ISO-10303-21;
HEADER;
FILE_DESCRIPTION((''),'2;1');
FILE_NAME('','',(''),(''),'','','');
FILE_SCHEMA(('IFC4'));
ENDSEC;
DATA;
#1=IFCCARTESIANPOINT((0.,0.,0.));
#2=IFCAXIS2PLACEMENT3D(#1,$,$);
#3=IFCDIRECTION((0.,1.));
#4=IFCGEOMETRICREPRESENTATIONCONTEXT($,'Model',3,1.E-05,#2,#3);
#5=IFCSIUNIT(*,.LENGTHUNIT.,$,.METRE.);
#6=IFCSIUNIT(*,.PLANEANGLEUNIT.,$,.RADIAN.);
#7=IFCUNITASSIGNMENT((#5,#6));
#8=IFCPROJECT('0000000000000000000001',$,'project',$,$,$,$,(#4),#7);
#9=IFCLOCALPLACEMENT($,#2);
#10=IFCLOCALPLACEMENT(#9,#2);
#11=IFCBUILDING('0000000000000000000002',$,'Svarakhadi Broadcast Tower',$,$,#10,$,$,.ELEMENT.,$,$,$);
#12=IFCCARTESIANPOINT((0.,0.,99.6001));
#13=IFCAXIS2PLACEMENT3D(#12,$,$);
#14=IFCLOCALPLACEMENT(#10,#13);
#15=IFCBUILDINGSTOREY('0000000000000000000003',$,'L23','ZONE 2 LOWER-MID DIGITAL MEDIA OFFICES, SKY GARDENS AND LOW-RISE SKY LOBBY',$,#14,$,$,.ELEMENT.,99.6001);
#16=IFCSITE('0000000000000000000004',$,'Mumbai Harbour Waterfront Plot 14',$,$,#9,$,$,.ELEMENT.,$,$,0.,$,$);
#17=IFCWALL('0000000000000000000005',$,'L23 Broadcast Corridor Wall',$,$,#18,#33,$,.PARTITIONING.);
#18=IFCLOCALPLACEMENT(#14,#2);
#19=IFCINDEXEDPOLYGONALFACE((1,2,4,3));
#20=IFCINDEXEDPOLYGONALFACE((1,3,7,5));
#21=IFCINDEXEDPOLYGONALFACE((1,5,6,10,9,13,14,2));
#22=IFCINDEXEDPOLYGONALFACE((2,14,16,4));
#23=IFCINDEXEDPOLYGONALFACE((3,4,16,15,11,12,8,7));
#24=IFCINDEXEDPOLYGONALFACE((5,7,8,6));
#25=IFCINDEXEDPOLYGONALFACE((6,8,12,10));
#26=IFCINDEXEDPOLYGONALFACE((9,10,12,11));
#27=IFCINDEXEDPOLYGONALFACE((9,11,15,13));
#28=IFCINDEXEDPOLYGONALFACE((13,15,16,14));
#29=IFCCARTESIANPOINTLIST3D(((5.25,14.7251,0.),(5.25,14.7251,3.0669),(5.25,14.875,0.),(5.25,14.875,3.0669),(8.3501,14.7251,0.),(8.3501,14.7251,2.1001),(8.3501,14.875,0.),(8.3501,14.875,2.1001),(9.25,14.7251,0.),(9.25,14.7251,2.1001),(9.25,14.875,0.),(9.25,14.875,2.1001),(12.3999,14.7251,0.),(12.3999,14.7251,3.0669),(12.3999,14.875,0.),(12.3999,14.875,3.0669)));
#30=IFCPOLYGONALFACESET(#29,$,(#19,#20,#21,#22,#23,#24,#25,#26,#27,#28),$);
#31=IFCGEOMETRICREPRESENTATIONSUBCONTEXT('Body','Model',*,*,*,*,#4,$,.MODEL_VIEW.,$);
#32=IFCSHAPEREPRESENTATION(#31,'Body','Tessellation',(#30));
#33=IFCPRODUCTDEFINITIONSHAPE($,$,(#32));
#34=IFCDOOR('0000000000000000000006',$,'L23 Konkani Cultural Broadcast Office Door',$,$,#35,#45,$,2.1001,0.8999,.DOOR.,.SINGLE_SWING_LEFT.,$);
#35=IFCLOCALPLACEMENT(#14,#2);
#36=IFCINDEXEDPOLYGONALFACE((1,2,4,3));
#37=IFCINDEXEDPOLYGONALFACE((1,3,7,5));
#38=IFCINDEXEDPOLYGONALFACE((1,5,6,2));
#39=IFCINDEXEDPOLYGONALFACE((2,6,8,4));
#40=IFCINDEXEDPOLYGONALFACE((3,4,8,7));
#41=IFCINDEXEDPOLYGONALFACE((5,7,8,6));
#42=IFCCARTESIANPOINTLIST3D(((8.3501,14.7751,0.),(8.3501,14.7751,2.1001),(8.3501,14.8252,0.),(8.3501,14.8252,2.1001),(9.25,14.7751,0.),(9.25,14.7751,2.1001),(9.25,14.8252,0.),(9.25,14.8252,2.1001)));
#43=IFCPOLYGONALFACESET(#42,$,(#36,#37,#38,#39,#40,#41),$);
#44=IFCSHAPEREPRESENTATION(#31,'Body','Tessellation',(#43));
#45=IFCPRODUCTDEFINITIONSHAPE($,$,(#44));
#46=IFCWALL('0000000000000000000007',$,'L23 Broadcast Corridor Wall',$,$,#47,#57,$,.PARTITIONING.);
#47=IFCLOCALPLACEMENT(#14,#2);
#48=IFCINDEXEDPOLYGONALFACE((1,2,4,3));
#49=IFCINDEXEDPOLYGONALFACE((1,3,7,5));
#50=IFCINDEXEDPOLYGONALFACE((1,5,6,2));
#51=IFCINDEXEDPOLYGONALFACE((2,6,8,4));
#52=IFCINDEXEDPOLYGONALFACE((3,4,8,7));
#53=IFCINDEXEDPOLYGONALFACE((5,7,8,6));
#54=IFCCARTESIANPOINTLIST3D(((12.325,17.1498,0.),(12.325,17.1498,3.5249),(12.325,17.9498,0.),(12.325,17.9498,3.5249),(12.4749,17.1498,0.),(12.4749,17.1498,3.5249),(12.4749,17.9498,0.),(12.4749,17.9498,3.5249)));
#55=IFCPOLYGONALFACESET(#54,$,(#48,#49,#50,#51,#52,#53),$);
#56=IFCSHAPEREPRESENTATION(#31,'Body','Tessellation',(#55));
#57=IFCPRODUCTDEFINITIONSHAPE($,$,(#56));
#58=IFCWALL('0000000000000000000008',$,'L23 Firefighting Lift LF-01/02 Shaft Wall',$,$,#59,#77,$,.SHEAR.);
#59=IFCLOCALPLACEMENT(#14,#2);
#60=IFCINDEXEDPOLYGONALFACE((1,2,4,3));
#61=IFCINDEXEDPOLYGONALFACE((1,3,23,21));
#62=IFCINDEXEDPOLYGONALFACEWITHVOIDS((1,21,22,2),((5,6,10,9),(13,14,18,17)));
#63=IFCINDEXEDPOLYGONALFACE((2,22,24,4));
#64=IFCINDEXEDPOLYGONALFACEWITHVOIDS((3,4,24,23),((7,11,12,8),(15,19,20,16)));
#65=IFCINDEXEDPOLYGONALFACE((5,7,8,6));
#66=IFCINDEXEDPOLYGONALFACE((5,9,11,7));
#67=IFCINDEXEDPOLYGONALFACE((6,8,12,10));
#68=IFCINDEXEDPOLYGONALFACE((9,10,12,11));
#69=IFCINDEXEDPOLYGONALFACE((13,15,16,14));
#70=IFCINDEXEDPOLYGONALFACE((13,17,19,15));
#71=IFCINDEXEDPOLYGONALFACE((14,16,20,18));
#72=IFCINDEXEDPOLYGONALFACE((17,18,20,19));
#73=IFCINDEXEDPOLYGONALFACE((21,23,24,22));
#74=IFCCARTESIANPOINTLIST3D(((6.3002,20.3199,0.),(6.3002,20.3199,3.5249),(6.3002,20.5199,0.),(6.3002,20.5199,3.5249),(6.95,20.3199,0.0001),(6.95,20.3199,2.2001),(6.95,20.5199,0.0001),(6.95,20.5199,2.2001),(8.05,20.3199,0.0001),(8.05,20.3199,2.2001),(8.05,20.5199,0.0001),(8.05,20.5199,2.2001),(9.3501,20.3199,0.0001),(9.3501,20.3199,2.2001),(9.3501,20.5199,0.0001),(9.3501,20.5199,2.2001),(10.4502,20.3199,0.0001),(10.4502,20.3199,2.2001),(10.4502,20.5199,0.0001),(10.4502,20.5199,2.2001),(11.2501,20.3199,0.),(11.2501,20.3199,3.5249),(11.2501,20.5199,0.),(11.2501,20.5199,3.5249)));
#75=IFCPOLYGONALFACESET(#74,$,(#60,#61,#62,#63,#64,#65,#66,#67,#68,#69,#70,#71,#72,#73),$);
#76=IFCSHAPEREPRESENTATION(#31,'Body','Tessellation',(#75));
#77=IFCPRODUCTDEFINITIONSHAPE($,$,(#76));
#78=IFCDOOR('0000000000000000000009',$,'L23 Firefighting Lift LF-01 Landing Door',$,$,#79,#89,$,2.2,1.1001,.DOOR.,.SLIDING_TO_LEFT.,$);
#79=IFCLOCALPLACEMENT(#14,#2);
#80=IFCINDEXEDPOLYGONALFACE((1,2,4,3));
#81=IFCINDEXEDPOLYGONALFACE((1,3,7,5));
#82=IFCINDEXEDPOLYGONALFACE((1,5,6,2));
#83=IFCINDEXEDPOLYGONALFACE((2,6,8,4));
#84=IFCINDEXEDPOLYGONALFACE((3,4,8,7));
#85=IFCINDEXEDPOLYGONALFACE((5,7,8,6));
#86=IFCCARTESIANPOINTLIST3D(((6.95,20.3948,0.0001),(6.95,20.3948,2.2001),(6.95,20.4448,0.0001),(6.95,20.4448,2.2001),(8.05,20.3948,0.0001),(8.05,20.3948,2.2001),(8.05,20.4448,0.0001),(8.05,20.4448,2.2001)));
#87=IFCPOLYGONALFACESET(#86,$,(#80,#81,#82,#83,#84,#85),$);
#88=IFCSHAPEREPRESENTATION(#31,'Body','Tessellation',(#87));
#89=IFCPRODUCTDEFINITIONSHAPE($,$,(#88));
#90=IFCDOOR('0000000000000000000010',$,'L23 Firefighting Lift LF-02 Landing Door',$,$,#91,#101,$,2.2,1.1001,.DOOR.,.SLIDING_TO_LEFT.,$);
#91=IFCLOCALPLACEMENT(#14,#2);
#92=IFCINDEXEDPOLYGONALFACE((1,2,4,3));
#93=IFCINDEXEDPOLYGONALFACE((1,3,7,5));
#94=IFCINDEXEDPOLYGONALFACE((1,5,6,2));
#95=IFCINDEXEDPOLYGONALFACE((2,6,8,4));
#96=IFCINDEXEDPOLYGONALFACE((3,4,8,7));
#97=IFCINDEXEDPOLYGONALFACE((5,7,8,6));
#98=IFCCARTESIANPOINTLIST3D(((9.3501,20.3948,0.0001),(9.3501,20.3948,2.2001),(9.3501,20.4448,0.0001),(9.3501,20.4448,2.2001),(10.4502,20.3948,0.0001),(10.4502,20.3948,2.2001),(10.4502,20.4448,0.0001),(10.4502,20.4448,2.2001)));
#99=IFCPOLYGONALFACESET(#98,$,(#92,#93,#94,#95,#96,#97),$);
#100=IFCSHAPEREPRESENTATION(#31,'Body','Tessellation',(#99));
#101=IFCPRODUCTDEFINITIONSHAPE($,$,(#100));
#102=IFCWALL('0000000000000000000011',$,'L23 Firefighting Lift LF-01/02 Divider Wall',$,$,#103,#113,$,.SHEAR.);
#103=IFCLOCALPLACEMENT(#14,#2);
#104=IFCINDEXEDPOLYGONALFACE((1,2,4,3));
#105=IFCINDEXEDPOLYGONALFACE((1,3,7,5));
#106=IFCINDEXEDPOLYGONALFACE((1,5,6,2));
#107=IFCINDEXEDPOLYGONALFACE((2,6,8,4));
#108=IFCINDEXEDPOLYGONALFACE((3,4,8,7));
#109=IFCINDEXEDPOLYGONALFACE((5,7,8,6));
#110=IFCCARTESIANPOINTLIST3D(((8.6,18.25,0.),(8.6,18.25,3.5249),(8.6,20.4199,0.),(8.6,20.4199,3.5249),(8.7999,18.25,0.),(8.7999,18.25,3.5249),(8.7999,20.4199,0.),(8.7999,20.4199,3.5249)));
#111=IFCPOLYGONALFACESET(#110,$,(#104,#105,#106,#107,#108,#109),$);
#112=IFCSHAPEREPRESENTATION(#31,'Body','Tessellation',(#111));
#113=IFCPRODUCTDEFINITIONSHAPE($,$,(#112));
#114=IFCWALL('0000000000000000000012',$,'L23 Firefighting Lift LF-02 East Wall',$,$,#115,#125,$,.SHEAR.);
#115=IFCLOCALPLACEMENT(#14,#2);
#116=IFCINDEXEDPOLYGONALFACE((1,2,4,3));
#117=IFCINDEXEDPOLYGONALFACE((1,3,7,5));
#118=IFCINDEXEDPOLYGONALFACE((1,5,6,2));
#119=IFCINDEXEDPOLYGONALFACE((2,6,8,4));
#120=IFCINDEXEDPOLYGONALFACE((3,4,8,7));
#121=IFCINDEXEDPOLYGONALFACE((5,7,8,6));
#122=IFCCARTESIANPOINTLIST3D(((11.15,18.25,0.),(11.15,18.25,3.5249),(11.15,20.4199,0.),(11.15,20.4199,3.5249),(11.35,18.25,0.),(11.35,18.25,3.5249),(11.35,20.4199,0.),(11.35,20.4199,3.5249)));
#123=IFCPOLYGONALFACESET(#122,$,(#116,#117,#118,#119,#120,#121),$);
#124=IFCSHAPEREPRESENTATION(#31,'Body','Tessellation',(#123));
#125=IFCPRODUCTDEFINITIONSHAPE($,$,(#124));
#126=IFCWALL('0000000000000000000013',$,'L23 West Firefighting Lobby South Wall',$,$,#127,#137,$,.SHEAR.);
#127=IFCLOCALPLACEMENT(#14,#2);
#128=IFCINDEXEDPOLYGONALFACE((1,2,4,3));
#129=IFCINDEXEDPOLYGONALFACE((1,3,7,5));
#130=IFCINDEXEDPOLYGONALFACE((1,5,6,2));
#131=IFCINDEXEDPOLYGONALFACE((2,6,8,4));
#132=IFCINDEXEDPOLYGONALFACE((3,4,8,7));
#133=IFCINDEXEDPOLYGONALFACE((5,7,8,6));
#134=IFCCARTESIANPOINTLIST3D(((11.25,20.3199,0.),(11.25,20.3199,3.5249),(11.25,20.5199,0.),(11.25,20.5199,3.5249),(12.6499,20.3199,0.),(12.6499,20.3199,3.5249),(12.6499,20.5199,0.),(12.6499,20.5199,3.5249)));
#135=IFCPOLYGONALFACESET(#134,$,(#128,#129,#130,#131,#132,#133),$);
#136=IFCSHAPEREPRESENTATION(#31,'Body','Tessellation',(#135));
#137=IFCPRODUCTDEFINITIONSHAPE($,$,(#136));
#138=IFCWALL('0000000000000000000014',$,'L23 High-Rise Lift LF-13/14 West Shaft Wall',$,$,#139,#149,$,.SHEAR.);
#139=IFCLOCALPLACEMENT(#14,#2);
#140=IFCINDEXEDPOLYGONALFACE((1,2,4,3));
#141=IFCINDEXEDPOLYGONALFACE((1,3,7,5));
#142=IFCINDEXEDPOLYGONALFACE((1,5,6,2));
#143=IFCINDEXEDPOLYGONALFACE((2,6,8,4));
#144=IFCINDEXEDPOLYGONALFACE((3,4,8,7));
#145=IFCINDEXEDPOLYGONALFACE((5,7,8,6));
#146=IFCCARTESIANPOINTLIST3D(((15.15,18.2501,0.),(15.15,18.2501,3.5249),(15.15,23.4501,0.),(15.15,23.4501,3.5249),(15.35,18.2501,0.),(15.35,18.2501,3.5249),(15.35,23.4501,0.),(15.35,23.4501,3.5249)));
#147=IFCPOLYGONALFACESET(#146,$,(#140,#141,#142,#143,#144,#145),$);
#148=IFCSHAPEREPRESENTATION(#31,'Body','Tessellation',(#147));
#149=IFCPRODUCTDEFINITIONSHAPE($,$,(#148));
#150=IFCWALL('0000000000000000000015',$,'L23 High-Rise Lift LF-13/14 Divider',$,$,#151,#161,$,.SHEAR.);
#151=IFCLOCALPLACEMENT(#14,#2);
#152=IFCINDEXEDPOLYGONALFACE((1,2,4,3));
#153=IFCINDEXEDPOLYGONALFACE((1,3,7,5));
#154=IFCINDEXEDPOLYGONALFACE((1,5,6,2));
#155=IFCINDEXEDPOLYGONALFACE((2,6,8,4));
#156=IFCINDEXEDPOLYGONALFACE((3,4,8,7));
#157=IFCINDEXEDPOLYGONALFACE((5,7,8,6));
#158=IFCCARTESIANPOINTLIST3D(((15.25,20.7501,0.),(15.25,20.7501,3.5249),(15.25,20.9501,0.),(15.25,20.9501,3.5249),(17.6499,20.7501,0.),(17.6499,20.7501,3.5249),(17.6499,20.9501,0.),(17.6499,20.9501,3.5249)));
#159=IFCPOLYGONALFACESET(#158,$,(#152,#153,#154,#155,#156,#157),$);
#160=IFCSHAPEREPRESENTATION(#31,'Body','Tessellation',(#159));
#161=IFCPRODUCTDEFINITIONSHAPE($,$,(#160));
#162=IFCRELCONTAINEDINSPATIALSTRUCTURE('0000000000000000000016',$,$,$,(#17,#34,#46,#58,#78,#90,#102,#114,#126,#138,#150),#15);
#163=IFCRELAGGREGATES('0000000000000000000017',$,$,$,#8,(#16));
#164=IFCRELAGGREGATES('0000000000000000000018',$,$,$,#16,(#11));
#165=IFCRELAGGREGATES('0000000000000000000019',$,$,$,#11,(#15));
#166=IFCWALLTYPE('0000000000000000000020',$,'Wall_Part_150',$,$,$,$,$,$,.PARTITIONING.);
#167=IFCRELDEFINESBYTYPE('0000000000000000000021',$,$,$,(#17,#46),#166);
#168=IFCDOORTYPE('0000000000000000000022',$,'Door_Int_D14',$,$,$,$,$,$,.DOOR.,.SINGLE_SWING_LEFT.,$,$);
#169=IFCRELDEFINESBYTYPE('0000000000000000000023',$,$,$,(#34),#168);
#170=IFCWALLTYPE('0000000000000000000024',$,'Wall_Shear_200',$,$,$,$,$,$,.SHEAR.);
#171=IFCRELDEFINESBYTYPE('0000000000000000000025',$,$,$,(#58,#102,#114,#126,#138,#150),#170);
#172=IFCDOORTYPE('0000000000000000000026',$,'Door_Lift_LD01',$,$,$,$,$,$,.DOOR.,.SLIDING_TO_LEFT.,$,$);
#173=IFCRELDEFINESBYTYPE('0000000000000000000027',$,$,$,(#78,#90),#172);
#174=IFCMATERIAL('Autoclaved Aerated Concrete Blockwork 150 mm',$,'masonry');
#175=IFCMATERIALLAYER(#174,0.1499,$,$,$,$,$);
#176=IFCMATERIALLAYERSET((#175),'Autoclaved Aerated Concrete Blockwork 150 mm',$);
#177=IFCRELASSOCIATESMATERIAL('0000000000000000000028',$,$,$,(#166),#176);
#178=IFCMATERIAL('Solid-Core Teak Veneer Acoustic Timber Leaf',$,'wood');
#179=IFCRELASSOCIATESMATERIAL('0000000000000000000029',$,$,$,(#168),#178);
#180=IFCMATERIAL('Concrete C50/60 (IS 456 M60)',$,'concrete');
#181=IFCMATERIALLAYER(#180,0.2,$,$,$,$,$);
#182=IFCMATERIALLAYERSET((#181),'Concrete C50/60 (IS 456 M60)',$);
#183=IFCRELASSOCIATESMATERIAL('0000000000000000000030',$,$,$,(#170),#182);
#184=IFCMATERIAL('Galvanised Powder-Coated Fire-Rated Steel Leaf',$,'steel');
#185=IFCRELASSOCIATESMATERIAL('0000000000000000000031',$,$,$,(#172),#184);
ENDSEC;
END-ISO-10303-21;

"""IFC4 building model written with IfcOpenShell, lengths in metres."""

from ifc_helpers import new_model, si_unit, direction, frame, frame_2d, origin, place, context, subcontext, project, spatial, rectangle, extrude, material, layer, layer_set, type_object, element, fill, save


model = new_model("IFC4")

# Units and contexts
model_context = context("Model", 3, precision=1e-05, world=origin(), true_north=direction((0.0, 1.0)))
body_context = subcontext(model_context, "Body", "Model", "MODEL_VIEW")
ifc_project = project(units=[si_unit("LENGTHUNIT", "METRE"), si_unit("PLANEANGLEUNIT", "RADIAN")], contexts=[model_context])

# Site, building, storey
site_placement = place(None, origin())
site = spatial("IfcSite", under=ifc_project, at=site_placement, Name="Mumbai Harbour Waterfront Plot 14", CompositionType="ELEMENT", RefElevation=0.0)
building_placement = place(site_placement, origin())
building = spatial("IfcBuilding", under=site, at=building_placement, Name="Svarakhadi Broadcast Tower", CompositionType="ELEMENT")
storey_placement = place(building_placement, frame((0.0, 0.0, 99.6001)))
storey = spatial("IfcBuildingStorey", under=building, at=storey_placement, Name="L23", Description="ZONE 2 LOWER-MID DIGITAL MEDIA OFFICES, SKY GARDENS AND LOW-RISE SKY LOBBY", CompositionType="ELEMENT", Elevation=99.6001)

# Shared definitions
ifc_material_1 = material(Name="Concrete C50/60 (IS 456 M60)", Category="concrete")

# Wall, opening, door
ifc_material_2 = material(Name="Autoclaved Aerated Concrete Blockwork 150 mm", Category="masonry")
ifc_layer_1 = layer(ifc_material_2, 0.1499)
ifc_layer_set_1 = layer_set([ifc_layer_1], Name="Autoclaved Aerated Concrete Blockwork 150 mm")
wall_type_1 = type_object("IfcWallType", Name="Wall_Part_150", PredefinedType="PARTITIONING", material=ifc_layer_set_1)
wall_1_placement = place(storey_placement, frame((12.3999, 14.8, 0.0), z_axis=(0.0, 0.0, 1.0), x_axis=(-1.0, 0.0, 0.0)))
wall_1 = element("IfcWall", 1, at=wall_1_placement, inside=storey, type_object=wall_type_1, Name="L23 Broadcast Corridor Wall", PredefinedType="PARTITIONING", context=body_context, shape_type="SweptSolid", body=[
    extrude(rectangle(XDim=7.1499, YDim=0.1499, at=frame_2d((3.575, 0.0))), origin(), (0.0, 0.0, 1.0), 3.0669),
])
opening_1_placement = place(wall_1_placement, frame((3.1499, 0.0, 0.0)))
opening_1 = element("IfcOpeningElement", 2, at=opening_1_placement, cuts=wall_1, PredefinedType="OPENING", context=body_context, shape_type="SweptSolid", body=[
    extrude(rectangle(XDim=0.8999, YDim=2.1001, at=frame_2d((0.45, 1.05))), frame((0.0, 0.085, 0.0), z_axis=(0.0, -1.0, 0.0), x_axis=(1.0, 0.0, 0.0)), (0.0, 0.0, 1.0), 0.1699),
])
ifc_material_3 = material(Name="Solid-Core Teak Veneer Acoustic Timber Leaf", Category="wood")
door_type_1 = type_object("IfcDoorType", Name="Door_Int_D14", OperationType="SINGLE_SWING_LEFT", PredefinedType="DOOR", material=ifc_material_3)
door_1_placement = place(opening_1_placement, origin())
door_1 = element("IfcDoor", 3, at=door_1_placement, inside=storey, type_object=door_type_1, Name="L23 Konkani Cultural Broadcast Office Door", OperationType="SINGLE_SWING_LEFT", OverallHeight=2.1001, OverallWidth=0.8999, PredefinedType="DOOR", context=body_context, shape_type="SweptSolid", body=[
    extrude(rectangle(XDim=0.8999, YDim=2.1001, at=frame_2d((0.45, 1.05))), frame((0.0, 0.0249, 0.0), z_axis=(0.0, -1.0, 0.0), x_axis=(1.0, 0.0, 0.0)), (0.0, 0.0, 1.0), 0.05),
])
fill(opening_1, door_1)

# Wall
wall_2_placement = place(storey_placement, frame((12.3999, 17.1499, 0.0), z_axis=(0.0, 0.0, 1.0), x_axis=(0.0, 1.0, 0.0)))
element("IfcWall", 4, at=wall_2_placement, inside=storey, type_object=wall_type_1, Name="L23 Broadcast Corridor Wall", PredefinedType="PARTITIONING", context=body_context, shape_type="SweptSolid", body=[
    extrude(rectangle(XDim=0.8, YDim=0.1499, at=frame_2d((0.3999, 0.0))), origin(), (0.0, 0.0, 1.0), 3.5249),
])

# Wall, openings, doors
ifc_layer_2 = layer(ifc_material_1, 0.2)
ifc_layer_set_2 = layer_set([ifc_layer_2], Name="Concrete C50/60 (IS 456 M60)")
wall_type_2 = type_object("IfcWallType", Name="Wall_Shear_200", PredefinedType="SHEAR", material=ifc_layer_set_2)
wall_3_placement = place(storey_placement, frame((6.3, 20.4199, 0.0), z_axis=(0.0, 0.0, 1.0), x_axis=(1.0, 0.0, 0.0)))
wall_3 = element("IfcWall", 5, at=wall_3_placement, inside=storey, type_object=wall_type_2, Name="L23 Firefighting Lift LF-01/02 Shaft Wall", PredefinedType="SHEAR", context=body_context, shape_type="SweptSolid", body=[
    extrude(rectangle(XDim=4.95, YDim=0.2, at=frame_2d((2.4751, 0.0))), origin(), (0.0, 0.0, 1.0), 3.5249),
])
opening_2_placement = place(wall_3_placement, frame((0.6499, 0.0, 0.0)))
opening_2 = element("IfcOpeningElement", 6, at=opening_2_placement, cuts=wall_3, PredefinedType="OPENING", context=body_context, shape_type="SweptSolid", body=[
    extrude(rectangle(XDim=1.1001, YDim=2.2, at=frame_2d((0.55, 1.1001))), frame((0.0, 0.1099, 0.0), z_axis=(0.0, -1.0, 0.0), x_axis=(1.0, 0.0, 0.0)), (0.0, 0.0, 1.0), 0.22),
])
opening_3_placement = place(wall_3_placement, frame((3.05, 0.0, 0.0)))
opening_3 = element("IfcOpeningElement", 7, at=opening_3_placement, cuts=wall_3, PredefinedType="OPENING", context=body_context, shape_type="SweptSolid", body=[
    extrude(rectangle(XDim=1.1001, YDim=2.2, at=frame_2d((0.55, 1.1001))), frame((0.0, 0.1099, 0.0), z_axis=(0.0, -1.0, 0.0), x_axis=(1.0, 0.0, 0.0)), (0.0, 0.0, 1.0), 0.22),
])
ifc_material_4 = material(Name="Galvanised Powder-Coated Fire-Rated Steel Leaf", Category="steel")
door_type_2 = type_object("IfcDoorType", Name="Door_Lift_LD01", OperationType="SLIDING_TO_LEFT", PredefinedType="DOOR", material=ifc_material_4)
door_2_placement = place(opening_2_placement, origin())
door_2 = element("IfcDoor", 8, at=door_2_placement, inside=storey, type_object=door_type_2, Name="L23 Firefighting Lift LF-01 Landing Door", OperationType="SLIDING_TO_LEFT", OverallHeight=2.2, OverallWidth=1.1001, PredefinedType="DOOR", context=body_context, shape_type="SweptSolid", body=[
    extrude(rectangle(XDim=1.1001, YDim=2.2, at=frame_2d((0.55, 1.1001))), frame((0.0, 0.0249, 0.0), z_axis=(0.0, -1.0, 0.0), x_axis=(1.0, 0.0, 0.0)), (0.0, 0.0, 1.0), 0.05),
])
fill(opening_2, door_2)
door_3_placement = place(opening_3_placement, origin())
door_3 = element("IfcDoor", 9, at=door_3_placement, inside=storey, type_object=door_type_2, Name="L23 Firefighting Lift LF-02 Landing Door", OperationType="SLIDING_TO_LEFT", OverallHeight=2.2, OverallWidth=1.1001, PredefinedType="DOOR", context=body_context, shape_type="SweptSolid", body=[
    extrude(rectangle(XDim=1.1001, YDim=2.2, at=frame_2d((0.55, 1.1001))), frame((0.0, 0.0249, 0.0), z_axis=(0.0, -1.0, 0.0), x_axis=(1.0, 0.0, 0.0)), (0.0, 0.0, 1.0), 0.05),
])
fill(opening_3, door_3)

# Walls
for number, where, z_axis, x_axis, name in (
    (10, (8.7, 18.25, 0.0), (0.0, 0.0, 1.0), (0.0, 1.0, 0.0), "L23 Firefighting Lift LF-01/02 Divider Wall"),
    (11, (11.25, 18.25, 0.0), (0.0, 0.0, 1.0), (0.0, 1.0, 0.0), "L23 Firefighting Lift LF-02 East Wall"),
):
    element("IfcWall", number, at=place(storey_placement, frame(where, z_axis=z_axis, x_axis=x_axis)), inside=storey, type_object=wall_type_2, Name=name, PredefinedType="SHEAR", context=body_context, shape_type="SweptSolid", body=[
        extrude(rectangle(XDim=2.1699, YDim=0.2, at=frame_2d((1.085, 0.0))), origin(), (0.0, 0.0, 1.0), 3.5249),
    ])
wall_4_placement = place(storey_placement, frame((11.25, 20.4199, 0.0), z_axis=(0.0, 0.0, 1.0), x_axis=(1.0, 0.0, 0.0)))
element("IfcWall", 12, at=wall_4_placement, inside=storey, type_object=wall_type_2, Name="L23 West Firefighting Lobby South Wall", PredefinedType="SHEAR", context=body_context, shape_type="SweptSolid", body=[
    extrude(rectangle(XDim=1.3999, YDim=0.2, at=frame_2d((0.7, 0.0))), origin(), (0.0, 0.0, 1.0), 3.5249),
])

# Walls
wall_5_placement = place(storey_placement, frame((15.25, 18.25, 0.0), z_axis=(0.0, 0.0, 1.0), x_axis=(0.0, 1.0, 0.0)))
element("IfcWall", 13, at=wall_5_placement, inside=storey, type_object=wall_type_2, Name="L23 High-Rise Lift LF-13/14 West Shaft Wall", PredefinedType="SHEAR", context=body_context, shape_type="SweptSolid", body=[
    extrude(rectangle(XDim=5.2, YDim=0.2, at=frame_2d((2.6001, 0.0))), origin(), (0.0, 0.0, 1.0), 3.5249),
])
wall_6_placement = place(storey_placement, frame((15.25, 20.8501, 0.0), z_axis=(0.0, 0.0, 1.0), x_axis=(1.0, 0.0, 0.0)))
element("IfcWall", 14, at=wall_6_placement, inside=storey, type_object=wall_type_2, Name="L23 High-Rise Lift LF-13/14 Divider", PredefinedType="SHEAR", context=body_context, shape_type="SweptSolid", body=[
    extrude(rectangle(XDim=2.3999, YDim=0.2, at=frame_2d((1.2, 0.0))), origin(), (0.0, 0.0, 1.0), 3.5249),
])

save(model, "model.ifc")
